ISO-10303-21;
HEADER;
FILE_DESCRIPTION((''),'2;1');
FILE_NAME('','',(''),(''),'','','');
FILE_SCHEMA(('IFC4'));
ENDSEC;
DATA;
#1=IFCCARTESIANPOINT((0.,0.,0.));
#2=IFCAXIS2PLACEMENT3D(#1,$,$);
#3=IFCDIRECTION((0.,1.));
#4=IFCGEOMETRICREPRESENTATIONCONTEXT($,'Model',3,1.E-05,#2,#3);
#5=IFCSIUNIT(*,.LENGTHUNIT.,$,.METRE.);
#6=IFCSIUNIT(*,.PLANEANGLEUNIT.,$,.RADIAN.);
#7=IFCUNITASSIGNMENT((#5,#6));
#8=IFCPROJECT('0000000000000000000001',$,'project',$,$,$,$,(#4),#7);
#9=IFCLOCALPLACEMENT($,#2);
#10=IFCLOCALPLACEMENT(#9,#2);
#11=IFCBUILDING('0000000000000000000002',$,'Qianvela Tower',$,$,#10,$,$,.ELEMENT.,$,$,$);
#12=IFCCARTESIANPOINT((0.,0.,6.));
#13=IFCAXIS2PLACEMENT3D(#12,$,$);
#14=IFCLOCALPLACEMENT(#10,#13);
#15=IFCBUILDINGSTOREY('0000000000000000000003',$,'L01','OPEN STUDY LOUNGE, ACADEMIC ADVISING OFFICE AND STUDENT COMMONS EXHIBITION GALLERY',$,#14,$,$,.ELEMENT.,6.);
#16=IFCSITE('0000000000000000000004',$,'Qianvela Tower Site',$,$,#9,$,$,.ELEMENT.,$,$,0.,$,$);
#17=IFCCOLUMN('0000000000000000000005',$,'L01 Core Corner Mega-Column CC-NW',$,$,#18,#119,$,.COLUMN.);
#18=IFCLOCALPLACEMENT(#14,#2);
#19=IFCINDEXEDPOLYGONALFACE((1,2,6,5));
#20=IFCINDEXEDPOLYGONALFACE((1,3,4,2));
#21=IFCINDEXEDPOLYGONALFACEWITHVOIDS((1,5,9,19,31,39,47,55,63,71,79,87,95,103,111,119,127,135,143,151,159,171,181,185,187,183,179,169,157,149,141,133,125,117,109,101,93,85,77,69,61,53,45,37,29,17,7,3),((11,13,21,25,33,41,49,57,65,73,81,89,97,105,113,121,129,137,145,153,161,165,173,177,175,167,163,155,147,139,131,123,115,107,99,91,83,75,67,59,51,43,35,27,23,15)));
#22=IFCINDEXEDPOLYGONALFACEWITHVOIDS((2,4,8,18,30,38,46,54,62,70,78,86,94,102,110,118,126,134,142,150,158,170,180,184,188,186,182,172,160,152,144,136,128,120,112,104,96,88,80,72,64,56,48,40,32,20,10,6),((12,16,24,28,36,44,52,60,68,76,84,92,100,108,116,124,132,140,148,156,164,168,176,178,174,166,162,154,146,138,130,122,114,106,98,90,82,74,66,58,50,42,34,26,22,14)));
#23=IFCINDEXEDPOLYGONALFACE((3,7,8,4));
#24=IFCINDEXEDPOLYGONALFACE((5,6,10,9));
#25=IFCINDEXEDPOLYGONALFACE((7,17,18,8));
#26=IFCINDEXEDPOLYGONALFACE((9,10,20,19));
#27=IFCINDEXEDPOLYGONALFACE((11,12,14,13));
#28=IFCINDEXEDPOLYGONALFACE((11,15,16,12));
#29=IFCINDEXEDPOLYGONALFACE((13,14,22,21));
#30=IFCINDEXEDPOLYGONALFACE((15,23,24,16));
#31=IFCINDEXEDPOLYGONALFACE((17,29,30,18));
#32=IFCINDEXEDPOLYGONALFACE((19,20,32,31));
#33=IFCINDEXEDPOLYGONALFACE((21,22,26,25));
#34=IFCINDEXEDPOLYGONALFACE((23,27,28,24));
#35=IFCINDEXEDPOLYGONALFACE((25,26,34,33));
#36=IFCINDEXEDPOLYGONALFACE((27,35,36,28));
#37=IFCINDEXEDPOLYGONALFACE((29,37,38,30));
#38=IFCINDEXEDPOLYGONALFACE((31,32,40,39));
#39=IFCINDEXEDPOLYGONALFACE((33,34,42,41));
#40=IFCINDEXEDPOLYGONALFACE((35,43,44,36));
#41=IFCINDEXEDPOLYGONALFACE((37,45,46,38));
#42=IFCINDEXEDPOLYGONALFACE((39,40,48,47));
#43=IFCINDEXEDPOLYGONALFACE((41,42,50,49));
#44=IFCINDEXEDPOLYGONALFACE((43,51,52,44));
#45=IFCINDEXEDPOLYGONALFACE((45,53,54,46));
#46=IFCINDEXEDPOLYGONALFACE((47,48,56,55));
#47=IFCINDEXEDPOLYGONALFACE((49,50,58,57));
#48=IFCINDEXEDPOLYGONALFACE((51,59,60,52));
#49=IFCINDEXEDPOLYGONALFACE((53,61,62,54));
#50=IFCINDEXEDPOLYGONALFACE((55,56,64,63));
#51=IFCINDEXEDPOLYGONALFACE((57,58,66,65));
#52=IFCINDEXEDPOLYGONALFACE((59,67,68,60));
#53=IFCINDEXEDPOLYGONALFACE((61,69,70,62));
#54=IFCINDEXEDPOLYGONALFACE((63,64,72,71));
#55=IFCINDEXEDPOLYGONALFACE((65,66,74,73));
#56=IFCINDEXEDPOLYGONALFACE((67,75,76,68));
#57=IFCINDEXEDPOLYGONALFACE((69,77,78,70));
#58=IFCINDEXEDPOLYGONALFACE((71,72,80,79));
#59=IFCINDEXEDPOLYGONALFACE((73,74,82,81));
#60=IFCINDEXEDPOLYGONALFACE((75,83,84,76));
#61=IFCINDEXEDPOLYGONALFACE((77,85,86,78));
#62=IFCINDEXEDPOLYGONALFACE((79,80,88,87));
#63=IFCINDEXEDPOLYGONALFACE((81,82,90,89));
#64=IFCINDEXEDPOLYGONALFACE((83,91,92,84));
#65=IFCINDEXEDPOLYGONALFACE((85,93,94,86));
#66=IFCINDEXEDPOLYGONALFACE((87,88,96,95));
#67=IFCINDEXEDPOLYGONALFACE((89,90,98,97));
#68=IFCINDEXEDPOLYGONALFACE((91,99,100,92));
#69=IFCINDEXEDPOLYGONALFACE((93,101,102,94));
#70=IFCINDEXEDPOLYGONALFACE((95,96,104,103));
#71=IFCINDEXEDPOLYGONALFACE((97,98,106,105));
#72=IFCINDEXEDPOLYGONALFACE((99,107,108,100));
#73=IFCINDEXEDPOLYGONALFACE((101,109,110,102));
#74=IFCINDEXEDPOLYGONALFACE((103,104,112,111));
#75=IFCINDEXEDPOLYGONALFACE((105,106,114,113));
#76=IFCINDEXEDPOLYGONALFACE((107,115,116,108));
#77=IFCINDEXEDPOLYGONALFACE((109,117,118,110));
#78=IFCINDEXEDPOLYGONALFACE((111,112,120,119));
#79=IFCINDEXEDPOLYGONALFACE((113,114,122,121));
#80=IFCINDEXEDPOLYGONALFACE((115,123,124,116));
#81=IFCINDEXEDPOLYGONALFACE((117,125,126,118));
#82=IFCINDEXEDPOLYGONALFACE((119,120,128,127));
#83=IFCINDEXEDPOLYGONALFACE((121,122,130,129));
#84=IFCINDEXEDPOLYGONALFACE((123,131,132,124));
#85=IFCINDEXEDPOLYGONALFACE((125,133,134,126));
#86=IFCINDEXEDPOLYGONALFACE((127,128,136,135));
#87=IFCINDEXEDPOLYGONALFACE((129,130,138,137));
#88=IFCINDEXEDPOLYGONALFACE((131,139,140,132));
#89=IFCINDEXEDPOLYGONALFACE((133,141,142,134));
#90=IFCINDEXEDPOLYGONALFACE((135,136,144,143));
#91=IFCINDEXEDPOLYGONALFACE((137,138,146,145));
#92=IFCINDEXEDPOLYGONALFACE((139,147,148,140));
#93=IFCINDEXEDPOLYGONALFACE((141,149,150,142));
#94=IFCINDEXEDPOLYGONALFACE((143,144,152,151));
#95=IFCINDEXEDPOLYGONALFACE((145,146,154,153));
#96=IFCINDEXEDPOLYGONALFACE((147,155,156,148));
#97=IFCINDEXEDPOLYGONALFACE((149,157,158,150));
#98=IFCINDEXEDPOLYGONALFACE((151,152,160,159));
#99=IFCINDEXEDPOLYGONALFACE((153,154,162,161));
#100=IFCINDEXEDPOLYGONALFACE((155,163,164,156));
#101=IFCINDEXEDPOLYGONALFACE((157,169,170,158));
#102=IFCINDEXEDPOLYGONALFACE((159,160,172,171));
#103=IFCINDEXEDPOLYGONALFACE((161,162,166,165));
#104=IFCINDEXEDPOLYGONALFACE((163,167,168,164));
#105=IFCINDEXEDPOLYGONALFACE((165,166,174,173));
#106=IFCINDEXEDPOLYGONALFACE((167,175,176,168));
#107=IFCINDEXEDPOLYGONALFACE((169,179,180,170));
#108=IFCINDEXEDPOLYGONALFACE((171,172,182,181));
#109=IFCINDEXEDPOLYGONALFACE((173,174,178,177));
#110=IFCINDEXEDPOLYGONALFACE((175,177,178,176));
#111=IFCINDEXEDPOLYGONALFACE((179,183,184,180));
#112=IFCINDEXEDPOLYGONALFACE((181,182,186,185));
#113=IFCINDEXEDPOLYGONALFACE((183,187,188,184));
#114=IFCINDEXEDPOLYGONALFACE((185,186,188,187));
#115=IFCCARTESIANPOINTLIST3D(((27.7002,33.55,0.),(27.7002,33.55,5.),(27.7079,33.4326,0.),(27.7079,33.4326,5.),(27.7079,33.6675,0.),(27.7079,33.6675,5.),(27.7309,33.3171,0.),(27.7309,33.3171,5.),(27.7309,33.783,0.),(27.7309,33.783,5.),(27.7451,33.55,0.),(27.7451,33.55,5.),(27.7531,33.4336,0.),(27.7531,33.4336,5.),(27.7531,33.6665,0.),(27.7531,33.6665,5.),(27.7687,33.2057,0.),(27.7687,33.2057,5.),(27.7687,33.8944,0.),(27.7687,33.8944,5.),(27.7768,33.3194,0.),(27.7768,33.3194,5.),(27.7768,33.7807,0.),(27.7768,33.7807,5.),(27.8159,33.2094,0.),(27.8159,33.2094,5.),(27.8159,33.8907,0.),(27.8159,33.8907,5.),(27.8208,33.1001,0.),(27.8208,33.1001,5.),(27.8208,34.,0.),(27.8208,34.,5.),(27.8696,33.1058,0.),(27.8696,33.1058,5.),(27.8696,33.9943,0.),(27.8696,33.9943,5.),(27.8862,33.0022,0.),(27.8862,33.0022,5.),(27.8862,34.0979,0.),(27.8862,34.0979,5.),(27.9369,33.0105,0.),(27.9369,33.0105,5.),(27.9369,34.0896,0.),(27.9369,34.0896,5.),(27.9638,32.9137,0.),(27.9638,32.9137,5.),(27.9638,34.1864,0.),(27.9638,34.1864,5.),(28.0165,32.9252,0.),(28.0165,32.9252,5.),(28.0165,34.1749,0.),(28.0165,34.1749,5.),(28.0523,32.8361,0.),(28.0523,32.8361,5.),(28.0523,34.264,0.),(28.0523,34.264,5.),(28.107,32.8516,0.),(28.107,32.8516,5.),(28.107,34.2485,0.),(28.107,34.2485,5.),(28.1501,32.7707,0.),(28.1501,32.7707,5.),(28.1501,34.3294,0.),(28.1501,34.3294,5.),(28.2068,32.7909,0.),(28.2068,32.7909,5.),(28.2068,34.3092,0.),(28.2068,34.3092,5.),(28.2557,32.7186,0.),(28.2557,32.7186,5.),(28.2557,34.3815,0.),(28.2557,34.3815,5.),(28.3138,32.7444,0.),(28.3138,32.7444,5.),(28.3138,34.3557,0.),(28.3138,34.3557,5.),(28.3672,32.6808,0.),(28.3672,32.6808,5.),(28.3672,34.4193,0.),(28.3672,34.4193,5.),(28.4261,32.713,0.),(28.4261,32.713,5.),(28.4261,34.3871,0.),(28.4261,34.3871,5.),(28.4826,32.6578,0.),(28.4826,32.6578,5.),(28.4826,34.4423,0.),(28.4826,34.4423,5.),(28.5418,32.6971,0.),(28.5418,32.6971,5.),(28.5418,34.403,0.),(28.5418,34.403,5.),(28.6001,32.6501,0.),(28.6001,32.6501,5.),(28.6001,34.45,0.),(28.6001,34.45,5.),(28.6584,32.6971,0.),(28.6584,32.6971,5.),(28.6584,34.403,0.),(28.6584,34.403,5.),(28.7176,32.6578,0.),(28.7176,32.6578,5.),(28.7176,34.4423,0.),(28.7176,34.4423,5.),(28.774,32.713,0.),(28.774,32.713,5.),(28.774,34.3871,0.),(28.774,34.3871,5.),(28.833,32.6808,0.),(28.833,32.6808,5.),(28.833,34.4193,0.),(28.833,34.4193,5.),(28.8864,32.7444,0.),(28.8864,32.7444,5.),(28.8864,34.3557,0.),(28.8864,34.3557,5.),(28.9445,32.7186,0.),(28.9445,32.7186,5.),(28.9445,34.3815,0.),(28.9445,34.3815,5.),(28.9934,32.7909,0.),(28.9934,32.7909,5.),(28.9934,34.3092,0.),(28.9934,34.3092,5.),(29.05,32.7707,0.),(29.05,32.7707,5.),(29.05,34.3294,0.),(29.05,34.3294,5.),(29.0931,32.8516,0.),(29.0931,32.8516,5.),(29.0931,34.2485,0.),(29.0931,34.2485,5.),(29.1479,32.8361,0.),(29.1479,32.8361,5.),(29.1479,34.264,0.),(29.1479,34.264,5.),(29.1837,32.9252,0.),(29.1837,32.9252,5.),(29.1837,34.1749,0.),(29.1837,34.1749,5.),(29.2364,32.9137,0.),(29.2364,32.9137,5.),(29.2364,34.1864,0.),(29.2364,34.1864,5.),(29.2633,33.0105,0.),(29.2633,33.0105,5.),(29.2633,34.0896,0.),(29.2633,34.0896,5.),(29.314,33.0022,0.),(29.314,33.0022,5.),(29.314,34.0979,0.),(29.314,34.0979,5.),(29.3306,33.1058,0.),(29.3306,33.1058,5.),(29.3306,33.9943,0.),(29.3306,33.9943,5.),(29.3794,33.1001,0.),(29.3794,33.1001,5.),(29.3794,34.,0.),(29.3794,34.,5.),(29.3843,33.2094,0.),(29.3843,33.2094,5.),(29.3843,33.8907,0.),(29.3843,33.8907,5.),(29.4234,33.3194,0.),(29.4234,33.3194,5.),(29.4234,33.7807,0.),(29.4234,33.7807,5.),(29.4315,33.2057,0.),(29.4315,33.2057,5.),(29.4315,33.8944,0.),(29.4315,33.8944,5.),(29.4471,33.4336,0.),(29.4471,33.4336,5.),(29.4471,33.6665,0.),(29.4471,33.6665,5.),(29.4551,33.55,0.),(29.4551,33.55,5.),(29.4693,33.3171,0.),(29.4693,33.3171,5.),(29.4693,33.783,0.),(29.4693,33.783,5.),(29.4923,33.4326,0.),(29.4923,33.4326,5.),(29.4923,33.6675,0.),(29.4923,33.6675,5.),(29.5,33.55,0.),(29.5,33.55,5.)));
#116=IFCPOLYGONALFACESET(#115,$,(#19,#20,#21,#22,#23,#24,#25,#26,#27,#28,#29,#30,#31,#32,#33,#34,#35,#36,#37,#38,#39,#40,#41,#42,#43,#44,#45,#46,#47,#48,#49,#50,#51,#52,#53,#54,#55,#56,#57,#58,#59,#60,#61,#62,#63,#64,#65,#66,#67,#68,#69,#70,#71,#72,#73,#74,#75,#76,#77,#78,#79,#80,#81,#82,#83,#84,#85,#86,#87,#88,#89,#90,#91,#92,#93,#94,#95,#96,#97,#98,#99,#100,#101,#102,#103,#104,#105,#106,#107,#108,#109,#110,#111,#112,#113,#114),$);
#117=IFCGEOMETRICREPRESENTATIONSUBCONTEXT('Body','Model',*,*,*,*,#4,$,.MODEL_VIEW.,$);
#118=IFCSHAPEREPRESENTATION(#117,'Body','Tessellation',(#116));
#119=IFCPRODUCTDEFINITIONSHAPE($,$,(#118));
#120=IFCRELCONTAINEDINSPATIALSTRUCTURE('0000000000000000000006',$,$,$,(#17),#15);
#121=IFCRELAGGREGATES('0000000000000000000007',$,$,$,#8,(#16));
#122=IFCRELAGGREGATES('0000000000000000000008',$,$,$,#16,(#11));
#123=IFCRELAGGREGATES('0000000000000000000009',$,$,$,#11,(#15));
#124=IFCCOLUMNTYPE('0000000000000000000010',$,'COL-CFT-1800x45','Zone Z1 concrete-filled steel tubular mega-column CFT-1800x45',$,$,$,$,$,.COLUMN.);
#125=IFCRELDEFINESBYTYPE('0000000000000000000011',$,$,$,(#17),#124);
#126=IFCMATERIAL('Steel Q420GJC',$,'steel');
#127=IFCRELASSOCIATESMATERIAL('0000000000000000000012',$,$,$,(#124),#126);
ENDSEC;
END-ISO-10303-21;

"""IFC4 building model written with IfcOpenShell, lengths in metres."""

from ifc_helpers import new_model, si_unit, direction, frame, origin, origin_2d, place, context, subcontext, project, spatial, hollow_circle, extrude, material, material_profile, profile_set, type_object, element, save


model = new_model("IFC4")

# Units and contexts
model_context = context("Model", 3, precision=1e-05, world=origin(), true_north=direction((0.0, 1.0)))
body_context = subcontext(model_context, "Body", "Model", "MODEL_VIEW")
ifc_project = project(units=[si_unit("LENGTHUNIT", "METRE"), si_unit("PLANEANGLEUNIT", "RADIAN")], contexts=[model_context])

# Site, building, storey
site_placement = place(None, origin())
site = spatial("IfcSite", under=ifc_project, at=site_placement, Name="Qianvela Tower Site", CompositionType="ELEMENT", RefElevation=0.0)
building_placement = place(site_placement, origin())
building = spatial("IfcBuilding", under=site, at=building_placement, Name="Qianvela Tower", CompositionType="ELEMENT")
storey_placement = place(building_placement, frame((0.0, 0.0, 6.0)))
storey = spatial("IfcBuildingStorey", under=building, at=storey_placement, Name="L01", Description="OPEN STUDY LOUNGE, ACADEMIC ADVISING OFFICE AND STUDENT COMMONS EXHIBITION GALLERY", CompositionType="ELEMENT", Elevation=6.0)

# Column
ifc_material_1 = material(Name="Steel Q420GJC", Category="steel")
ifc_material_profile_1 = material_profile(ifc_material_1, hollow_circle(Radius=0.8999, WallThickness=0.0449, at=origin_2d()), Name="CFT-1800x45")
ifc_profile_set_1 = profile_set([ifc_material_profile_1], Name="Steel Q420GJC")
column_type = type_object("IfcColumnType", Name="COL-CFT-1800x45", Description="Zone Z1 concrete-filled steel tubular mega-column CFT-1800x45", PredefinedType="COLUMN", material=ifc_profile_set_1)
for number, where, z_axis, x_axis, name in (
    (1, (28.6001, 33.55, 0.0), (0.0, 0.0, 1.0), (1.0, 0.0, 0.0), "L01 Core Corner Mega-Column CC-NW"),
):
    element("IfcColumn", number, at=place(storey_placement, frame(where, z_axis=z_axis, x_axis=x_axis)), inside=storey, type_object=column_type, Name=name, PredefinedType="COLUMN", context=body_context, shape_type="SweptSolid", body=[
        extrude(hollow_circle(Radius=0.8999, WallThickness=0.0449, at=origin_2d()), origin(), (0.0, 0.0, 1.0), 5.0),
    ])

save(model, "model.ifc")
